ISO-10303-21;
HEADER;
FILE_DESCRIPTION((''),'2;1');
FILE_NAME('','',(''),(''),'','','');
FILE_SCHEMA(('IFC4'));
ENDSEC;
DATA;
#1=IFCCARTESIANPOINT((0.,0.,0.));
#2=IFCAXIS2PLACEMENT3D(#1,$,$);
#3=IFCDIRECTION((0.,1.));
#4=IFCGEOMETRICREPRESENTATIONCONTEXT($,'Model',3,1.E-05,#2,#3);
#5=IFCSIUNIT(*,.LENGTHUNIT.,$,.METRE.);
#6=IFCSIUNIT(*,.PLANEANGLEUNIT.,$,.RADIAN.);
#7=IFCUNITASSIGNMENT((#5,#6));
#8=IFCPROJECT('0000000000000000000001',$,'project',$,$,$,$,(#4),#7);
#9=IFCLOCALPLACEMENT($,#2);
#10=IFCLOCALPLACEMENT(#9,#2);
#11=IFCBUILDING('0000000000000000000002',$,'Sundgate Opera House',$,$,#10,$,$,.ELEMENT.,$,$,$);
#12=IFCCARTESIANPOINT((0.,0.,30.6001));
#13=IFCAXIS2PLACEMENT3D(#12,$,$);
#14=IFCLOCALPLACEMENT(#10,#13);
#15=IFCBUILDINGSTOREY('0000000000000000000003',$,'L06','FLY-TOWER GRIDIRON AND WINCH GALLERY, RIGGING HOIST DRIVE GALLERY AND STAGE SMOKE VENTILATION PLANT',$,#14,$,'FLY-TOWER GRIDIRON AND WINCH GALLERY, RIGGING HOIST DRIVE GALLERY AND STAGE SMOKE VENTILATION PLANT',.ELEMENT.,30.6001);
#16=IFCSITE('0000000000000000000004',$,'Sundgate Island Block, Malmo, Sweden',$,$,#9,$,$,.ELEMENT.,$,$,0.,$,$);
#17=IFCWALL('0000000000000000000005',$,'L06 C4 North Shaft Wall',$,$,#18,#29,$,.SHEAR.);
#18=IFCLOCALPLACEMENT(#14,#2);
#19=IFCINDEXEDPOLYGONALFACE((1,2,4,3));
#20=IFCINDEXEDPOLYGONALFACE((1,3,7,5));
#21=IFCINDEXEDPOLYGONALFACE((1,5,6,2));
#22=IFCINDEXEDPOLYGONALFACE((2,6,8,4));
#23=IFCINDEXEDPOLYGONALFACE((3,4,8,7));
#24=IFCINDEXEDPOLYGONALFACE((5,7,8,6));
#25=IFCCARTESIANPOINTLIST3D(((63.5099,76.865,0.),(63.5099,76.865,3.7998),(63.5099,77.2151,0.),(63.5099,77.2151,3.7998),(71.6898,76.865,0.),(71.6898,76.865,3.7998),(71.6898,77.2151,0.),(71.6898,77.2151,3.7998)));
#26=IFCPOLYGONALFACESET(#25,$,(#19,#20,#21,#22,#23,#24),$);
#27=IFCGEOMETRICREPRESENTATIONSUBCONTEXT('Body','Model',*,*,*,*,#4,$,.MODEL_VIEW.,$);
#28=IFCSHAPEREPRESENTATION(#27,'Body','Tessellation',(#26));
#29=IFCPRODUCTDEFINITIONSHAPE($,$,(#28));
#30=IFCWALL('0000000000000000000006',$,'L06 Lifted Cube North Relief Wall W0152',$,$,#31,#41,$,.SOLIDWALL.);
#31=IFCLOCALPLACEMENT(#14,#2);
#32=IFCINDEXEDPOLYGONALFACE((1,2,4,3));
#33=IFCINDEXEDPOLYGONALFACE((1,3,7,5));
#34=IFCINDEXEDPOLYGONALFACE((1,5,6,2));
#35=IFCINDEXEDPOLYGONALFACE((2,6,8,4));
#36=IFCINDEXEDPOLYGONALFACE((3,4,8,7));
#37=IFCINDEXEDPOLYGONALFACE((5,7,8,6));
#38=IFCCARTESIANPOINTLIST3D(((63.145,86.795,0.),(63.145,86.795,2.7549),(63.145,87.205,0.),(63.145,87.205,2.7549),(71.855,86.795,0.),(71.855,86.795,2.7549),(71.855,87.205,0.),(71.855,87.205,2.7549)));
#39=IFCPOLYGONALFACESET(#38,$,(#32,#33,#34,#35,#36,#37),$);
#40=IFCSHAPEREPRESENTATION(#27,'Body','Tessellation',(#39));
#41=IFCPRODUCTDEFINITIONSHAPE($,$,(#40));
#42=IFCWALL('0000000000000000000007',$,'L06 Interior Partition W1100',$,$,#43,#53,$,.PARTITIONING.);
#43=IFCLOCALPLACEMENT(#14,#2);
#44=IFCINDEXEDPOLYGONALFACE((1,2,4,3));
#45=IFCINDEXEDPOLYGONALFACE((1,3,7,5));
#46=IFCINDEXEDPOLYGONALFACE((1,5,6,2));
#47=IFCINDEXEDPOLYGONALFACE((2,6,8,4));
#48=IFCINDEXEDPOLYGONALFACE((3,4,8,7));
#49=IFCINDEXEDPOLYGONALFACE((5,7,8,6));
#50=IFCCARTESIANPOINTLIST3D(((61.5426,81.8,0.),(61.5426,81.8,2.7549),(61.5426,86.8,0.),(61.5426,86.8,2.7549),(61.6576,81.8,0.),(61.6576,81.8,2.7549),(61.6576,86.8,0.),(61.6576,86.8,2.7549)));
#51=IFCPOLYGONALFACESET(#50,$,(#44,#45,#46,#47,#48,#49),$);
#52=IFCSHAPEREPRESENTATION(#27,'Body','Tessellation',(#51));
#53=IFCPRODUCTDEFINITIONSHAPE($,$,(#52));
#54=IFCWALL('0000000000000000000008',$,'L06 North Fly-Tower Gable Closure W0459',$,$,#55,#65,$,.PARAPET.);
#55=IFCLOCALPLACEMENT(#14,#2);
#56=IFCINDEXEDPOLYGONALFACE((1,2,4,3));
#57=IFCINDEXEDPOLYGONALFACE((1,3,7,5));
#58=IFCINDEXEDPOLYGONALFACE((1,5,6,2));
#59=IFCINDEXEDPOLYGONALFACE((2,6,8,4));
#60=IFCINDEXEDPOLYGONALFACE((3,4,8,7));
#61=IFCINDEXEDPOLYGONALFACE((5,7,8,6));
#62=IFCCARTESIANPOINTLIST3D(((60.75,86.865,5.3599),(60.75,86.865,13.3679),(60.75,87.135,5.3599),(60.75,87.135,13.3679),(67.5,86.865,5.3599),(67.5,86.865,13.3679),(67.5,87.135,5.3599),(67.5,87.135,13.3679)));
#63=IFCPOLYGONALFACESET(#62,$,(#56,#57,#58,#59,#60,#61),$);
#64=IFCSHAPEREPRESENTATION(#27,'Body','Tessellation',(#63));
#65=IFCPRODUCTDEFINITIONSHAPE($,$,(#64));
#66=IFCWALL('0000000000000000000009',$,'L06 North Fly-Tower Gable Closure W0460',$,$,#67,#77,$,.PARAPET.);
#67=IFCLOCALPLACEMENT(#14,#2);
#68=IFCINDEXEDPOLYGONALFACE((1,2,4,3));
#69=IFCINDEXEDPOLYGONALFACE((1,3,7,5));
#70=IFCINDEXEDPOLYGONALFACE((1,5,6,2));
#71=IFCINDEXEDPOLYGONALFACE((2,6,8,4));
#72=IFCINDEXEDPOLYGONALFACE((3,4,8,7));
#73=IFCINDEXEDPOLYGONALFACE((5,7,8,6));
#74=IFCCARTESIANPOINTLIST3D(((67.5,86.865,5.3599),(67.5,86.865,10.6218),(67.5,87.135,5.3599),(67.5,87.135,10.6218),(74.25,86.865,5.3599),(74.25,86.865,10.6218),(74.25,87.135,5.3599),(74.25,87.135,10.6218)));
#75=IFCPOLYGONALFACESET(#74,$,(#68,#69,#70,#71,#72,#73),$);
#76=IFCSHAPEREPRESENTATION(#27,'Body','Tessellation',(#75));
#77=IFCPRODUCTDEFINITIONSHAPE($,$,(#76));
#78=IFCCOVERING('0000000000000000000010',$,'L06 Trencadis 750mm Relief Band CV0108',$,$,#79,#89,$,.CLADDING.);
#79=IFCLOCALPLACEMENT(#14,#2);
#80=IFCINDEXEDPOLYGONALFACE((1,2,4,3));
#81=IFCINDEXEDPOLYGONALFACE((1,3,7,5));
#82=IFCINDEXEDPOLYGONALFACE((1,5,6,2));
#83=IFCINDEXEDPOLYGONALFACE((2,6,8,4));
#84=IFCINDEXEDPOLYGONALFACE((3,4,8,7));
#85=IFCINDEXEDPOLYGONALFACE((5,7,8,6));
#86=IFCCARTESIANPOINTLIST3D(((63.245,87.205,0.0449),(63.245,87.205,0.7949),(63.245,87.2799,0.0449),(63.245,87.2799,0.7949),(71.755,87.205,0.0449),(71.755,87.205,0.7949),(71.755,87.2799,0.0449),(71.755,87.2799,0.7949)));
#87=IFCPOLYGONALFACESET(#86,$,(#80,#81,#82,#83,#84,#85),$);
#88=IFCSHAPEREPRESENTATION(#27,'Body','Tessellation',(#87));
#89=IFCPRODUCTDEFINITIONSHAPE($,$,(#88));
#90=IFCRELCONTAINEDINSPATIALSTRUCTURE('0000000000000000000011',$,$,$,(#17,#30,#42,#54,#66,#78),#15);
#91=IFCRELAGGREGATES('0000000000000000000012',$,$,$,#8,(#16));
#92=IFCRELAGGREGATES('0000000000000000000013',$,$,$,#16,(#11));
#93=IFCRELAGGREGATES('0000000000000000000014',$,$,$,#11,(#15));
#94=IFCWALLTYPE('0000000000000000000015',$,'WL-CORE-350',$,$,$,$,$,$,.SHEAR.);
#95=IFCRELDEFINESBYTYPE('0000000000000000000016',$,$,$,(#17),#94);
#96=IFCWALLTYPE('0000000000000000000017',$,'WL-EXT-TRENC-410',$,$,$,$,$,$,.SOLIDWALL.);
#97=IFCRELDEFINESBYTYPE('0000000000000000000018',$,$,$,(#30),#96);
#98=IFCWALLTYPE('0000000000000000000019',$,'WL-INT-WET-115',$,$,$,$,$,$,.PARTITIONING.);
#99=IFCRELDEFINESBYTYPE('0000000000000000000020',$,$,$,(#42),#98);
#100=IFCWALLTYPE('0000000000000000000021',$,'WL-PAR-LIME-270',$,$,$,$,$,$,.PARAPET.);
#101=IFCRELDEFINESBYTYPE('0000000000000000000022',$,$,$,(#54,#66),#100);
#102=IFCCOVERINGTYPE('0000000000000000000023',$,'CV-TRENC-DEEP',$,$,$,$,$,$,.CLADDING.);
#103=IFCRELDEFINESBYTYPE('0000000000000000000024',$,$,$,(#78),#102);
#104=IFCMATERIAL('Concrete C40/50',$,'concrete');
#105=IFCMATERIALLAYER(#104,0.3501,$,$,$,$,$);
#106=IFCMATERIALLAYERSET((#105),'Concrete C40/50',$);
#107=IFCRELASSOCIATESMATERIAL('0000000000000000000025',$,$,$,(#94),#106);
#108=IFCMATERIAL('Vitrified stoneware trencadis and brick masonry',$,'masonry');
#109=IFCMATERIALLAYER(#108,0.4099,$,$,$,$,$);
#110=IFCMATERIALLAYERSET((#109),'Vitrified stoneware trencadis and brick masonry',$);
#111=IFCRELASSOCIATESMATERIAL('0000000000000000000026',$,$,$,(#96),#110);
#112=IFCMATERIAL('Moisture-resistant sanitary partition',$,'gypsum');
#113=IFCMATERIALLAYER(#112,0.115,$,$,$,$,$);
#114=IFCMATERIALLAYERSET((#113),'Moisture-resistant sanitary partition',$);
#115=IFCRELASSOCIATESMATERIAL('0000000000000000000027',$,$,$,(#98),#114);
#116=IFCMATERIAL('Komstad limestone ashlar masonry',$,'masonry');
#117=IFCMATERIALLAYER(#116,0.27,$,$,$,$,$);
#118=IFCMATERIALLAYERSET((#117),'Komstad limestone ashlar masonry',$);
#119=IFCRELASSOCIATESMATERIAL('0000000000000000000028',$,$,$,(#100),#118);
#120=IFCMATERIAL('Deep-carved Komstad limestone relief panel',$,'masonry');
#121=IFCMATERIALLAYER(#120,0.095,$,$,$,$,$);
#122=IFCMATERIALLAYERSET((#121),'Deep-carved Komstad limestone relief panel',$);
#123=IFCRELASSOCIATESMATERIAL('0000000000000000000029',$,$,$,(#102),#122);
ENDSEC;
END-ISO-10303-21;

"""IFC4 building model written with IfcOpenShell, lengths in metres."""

from ifc_helpers import new_model, si_unit, direction, frame, frame_2d, origin, origin_2d, place, context, subcontext, project, spatial, rectangle, extrude, material, layer, layer_set, type_object, element, save


model = new_model("IFC4")

# Units and contexts
model_context = context("Model", 3, precision=1e-05, world=origin(), true_north=direction((0.0, 1.0)))
body_context = subcontext(model_context, "Body", "Model", "MODEL_VIEW")
ifc_project = project(units=[si_unit("LENGTHUNIT", "METRE"), si_unit("PLANEANGLEUNIT", "RADIAN")], contexts=[model_context])

# Site, building, storey
site_placement = place(None, origin())
site = spatial("IfcSite", under=ifc_project, at=site_placement, Name="Sundgate Island Block, Malmo, Sweden", CompositionType="ELEMENT", RefElevation=0.0)
building_placement = place(site_placement, origin())
building = spatial("IfcBuilding", under=site, at=building_placement, Name="Sundgate Opera House", CompositionType="ELEMENT")
storey_placement = place(building_placement, frame((0.0, 0.0, 30.6001)))
storey = spatial("IfcBuildingStorey", under=building, at=storey_placement, Name="L06", Description="FLY-TOWER GRIDIRON AND WINCH GALLERY, RIGGING HOIST DRIVE GALLERY AND STAGE SMOKE VENTILATION PLANT", LongName="FLY-TOWER GRIDIRON AND WINCH GALLERY, RIGGING HOIST DRIVE GALLERY AND STAGE SMOKE VENTILATION PLANT", CompositionType="ELEMENT", Elevation=30.6001)

# Walls
ifc_material_1 = material(Name="Concrete C40/50", Category="concrete")
ifc_layer_1 = layer(ifc_material_1, 0.3501)
ifc_layer_set_1 = layer_set([ifc_layer_1], Name="Concrete C40/50")
wall_type_1 = type_object("IfcWallType", Name="WL-CORE-350", PredefinedType="SHEAR", material=ifc_layer_set_1)
wall_1_placement = place(storey_placement, frame((63.51, 77.04, 0.0), z_axis=(0.0, 0.0, 1.0), x_axis=(1.0, 0.0, 0.0)))
element("IfcWall", 1, at=wall_1_placement, inside=storey, type_object=wall_type_1, Name="L06 C4 North Shaft Wall", PredefinedType="SHEAR", context=body_context, shape_type="SweptSolid", body=[
    extrude(rectangle(XDim=8.1799, YDim=0.3501, at=frame_2d((4.0898, 0.0))), origin(), (0.0, 0.0, 1.0), 3.7998),
])
ifc_material_2 = material(Name="Vitrified stoneware trencadis and brick masonry", Category="masonry")
ifc_layer_2 = layer(ifc_material_2, 0.4099)
ifc_layer_set_2 = layer_set([ifc_layer_2], Name="Vitrified stoneware trencadis and brick masonry")
wall_type_2 = type_object("IfcWallType", Name="WL-EXT-TRENC-410", PredefinedType="SOLIDWALL", material=ifc_layer_set_2)
wall_2_placement = place(storey_placement, frame((63.145, 87.0, 0.0), z_axis=(0.0, 0.0, 1.0), x_axis=(1.0, 0.0, 0.0)))
element("IfcWall", 2, at=wall_2_placement, inside=storey, type_object=wall_type_2, Name="L06 Lifted Cube North Relief Wall W0152", PredefinedType="SOLIDWALL", context=body_context, shape_type="SweptSolid", body=[
    extrude(rectangle(XDim=8.71, YDim=0.4099, at=frame_2d((4.355, 0.0))), origin(), (0.0, 0.0, 1.0), 2.7549),
])
ifc_material_3 = material(Name="Moisture-resistant sanitary partition", Category="gypsum")
ifc_layer_3 = layer(ifc_material_3, 0.115)
ifc_layer_set_3 = layer_set([ifc_layer_3], Name="Moisture-resistant sanitary partition")
wall_type_3 = type_object("IfcWallType", Name="WL-INT-WET-115", PredefinedType="PARTITIONING", material=ifc_layer_set_3)
wall_3_placement = place(storey_placement, frame((61.6001, 81.8, 0.0), z_axis=(0.0, 0.0, 1.0), x_axis=(0.0, 1.0, 0.0)))
element("IfcWall", 3, at=wall_3_placement, inside=storey, type_object=wall_type_3, Name="L06 Interior Partition W1100", PredefinedType="PARTITIONING", context=body_context, shape_type="SweptSolid", body=[
    extrude(rectangle(XDim=5.0, YDim=0.115, at=frame_2d((2.5, 0.0))), origin(), (0.0, 0.0, 1.0), 2.7549),
])
ifc_material_4 = material(Name="Komstad limestone ashlar masonry", Category="masonry")
ifc_layer_4 = layer(ifc_material_4, 0.27)
ifc_layer_set_4 = layer_set([ifc_layer_4], Name="Komstad limestone ashlar masonry")
wall_type_4 = type_object("IfcWallType", Name="WL-PAR-LIME-270", PredefinedType="PARAPET", material=ifc_layer_set_4)
wall_4_placement = place(storey_placement, frame((60.75, 87.0, 5.3599), z_axis=(0.0, 0.0, 1.0), x_axis=(1.0, 0.0, 0.0)))
element("IfcWall", 4, at=wall_4_placement, inside=storey, type_object=wall_type_4, Name="L06 North Fly-Tower Gable Closure W0459", PredefinedType="PARAPET", context=body_context, shape_type="SweptSolid", body=[
    extrude(rectangle(XDim=6.75, YDim=0.27, at=frame_2d((3.375, 0.0))), origin(), (0.0, 0.0, 1.0), 8.0081),
])
wall_5_placement = place(storey_placement, frame((67.5, 87.0, 5.3599), z_axis=(0.0, 0.0, 1.0), x_axis=(1.0, 0.0, 0.0)))
element("IfcWall", 5, at=wall_5_placement, inside=storey, type_object=wall_type_4, Name="L06 North Fly-Tower Gable Closure W0460", PredefinedType="PARAPET", context=body_context, shape_type="SweptSolid", body=[
    extrude(rectangle(XDim=6.75, YDim=0.27, at=frame_2d((3.375, 0.0))), origin(), (0.0, 0.0, 1.0), 5.262),
])

# Covering
ifc_material_5 = material(Name="Deep-carved Komstad limestone relief panel", Category="masonry")
ifc_layer_5 = layer(ifc_material_5, 0.095)
ifc_layer_set_5 = layer_set([ifc_layer_5], Name="Deep-carved Komstad limestone relief panel")
covering_type = type_object("IfcCoveringType", Name="CV-TRENC-DEEP", PredefinedType="CLADDING", material=ifc_layer_set_5)
covering_placement = place(storey_placement, frame((67.5, 87.2424, 0.0449), z_axis=(0.0, 0.0, 1.0), x_axis=(1.0, 0.0, 0.0)))
element("IfcCovering", 6, at=covering_placement, inside=storey, type_object=covering_type, Name="L06 Trencadis 750mm Relief Band CV0108", PredefinedType="CLADDING", context=body_context, shape_type="SweptSolid", body=[
    extrude(rectangle(XDim=8.51, YDim=0.075, at=origin_2d()), origin(), (0.0, 0.0, 1.0), 0.75),
])

save(model, "model.ifc")
